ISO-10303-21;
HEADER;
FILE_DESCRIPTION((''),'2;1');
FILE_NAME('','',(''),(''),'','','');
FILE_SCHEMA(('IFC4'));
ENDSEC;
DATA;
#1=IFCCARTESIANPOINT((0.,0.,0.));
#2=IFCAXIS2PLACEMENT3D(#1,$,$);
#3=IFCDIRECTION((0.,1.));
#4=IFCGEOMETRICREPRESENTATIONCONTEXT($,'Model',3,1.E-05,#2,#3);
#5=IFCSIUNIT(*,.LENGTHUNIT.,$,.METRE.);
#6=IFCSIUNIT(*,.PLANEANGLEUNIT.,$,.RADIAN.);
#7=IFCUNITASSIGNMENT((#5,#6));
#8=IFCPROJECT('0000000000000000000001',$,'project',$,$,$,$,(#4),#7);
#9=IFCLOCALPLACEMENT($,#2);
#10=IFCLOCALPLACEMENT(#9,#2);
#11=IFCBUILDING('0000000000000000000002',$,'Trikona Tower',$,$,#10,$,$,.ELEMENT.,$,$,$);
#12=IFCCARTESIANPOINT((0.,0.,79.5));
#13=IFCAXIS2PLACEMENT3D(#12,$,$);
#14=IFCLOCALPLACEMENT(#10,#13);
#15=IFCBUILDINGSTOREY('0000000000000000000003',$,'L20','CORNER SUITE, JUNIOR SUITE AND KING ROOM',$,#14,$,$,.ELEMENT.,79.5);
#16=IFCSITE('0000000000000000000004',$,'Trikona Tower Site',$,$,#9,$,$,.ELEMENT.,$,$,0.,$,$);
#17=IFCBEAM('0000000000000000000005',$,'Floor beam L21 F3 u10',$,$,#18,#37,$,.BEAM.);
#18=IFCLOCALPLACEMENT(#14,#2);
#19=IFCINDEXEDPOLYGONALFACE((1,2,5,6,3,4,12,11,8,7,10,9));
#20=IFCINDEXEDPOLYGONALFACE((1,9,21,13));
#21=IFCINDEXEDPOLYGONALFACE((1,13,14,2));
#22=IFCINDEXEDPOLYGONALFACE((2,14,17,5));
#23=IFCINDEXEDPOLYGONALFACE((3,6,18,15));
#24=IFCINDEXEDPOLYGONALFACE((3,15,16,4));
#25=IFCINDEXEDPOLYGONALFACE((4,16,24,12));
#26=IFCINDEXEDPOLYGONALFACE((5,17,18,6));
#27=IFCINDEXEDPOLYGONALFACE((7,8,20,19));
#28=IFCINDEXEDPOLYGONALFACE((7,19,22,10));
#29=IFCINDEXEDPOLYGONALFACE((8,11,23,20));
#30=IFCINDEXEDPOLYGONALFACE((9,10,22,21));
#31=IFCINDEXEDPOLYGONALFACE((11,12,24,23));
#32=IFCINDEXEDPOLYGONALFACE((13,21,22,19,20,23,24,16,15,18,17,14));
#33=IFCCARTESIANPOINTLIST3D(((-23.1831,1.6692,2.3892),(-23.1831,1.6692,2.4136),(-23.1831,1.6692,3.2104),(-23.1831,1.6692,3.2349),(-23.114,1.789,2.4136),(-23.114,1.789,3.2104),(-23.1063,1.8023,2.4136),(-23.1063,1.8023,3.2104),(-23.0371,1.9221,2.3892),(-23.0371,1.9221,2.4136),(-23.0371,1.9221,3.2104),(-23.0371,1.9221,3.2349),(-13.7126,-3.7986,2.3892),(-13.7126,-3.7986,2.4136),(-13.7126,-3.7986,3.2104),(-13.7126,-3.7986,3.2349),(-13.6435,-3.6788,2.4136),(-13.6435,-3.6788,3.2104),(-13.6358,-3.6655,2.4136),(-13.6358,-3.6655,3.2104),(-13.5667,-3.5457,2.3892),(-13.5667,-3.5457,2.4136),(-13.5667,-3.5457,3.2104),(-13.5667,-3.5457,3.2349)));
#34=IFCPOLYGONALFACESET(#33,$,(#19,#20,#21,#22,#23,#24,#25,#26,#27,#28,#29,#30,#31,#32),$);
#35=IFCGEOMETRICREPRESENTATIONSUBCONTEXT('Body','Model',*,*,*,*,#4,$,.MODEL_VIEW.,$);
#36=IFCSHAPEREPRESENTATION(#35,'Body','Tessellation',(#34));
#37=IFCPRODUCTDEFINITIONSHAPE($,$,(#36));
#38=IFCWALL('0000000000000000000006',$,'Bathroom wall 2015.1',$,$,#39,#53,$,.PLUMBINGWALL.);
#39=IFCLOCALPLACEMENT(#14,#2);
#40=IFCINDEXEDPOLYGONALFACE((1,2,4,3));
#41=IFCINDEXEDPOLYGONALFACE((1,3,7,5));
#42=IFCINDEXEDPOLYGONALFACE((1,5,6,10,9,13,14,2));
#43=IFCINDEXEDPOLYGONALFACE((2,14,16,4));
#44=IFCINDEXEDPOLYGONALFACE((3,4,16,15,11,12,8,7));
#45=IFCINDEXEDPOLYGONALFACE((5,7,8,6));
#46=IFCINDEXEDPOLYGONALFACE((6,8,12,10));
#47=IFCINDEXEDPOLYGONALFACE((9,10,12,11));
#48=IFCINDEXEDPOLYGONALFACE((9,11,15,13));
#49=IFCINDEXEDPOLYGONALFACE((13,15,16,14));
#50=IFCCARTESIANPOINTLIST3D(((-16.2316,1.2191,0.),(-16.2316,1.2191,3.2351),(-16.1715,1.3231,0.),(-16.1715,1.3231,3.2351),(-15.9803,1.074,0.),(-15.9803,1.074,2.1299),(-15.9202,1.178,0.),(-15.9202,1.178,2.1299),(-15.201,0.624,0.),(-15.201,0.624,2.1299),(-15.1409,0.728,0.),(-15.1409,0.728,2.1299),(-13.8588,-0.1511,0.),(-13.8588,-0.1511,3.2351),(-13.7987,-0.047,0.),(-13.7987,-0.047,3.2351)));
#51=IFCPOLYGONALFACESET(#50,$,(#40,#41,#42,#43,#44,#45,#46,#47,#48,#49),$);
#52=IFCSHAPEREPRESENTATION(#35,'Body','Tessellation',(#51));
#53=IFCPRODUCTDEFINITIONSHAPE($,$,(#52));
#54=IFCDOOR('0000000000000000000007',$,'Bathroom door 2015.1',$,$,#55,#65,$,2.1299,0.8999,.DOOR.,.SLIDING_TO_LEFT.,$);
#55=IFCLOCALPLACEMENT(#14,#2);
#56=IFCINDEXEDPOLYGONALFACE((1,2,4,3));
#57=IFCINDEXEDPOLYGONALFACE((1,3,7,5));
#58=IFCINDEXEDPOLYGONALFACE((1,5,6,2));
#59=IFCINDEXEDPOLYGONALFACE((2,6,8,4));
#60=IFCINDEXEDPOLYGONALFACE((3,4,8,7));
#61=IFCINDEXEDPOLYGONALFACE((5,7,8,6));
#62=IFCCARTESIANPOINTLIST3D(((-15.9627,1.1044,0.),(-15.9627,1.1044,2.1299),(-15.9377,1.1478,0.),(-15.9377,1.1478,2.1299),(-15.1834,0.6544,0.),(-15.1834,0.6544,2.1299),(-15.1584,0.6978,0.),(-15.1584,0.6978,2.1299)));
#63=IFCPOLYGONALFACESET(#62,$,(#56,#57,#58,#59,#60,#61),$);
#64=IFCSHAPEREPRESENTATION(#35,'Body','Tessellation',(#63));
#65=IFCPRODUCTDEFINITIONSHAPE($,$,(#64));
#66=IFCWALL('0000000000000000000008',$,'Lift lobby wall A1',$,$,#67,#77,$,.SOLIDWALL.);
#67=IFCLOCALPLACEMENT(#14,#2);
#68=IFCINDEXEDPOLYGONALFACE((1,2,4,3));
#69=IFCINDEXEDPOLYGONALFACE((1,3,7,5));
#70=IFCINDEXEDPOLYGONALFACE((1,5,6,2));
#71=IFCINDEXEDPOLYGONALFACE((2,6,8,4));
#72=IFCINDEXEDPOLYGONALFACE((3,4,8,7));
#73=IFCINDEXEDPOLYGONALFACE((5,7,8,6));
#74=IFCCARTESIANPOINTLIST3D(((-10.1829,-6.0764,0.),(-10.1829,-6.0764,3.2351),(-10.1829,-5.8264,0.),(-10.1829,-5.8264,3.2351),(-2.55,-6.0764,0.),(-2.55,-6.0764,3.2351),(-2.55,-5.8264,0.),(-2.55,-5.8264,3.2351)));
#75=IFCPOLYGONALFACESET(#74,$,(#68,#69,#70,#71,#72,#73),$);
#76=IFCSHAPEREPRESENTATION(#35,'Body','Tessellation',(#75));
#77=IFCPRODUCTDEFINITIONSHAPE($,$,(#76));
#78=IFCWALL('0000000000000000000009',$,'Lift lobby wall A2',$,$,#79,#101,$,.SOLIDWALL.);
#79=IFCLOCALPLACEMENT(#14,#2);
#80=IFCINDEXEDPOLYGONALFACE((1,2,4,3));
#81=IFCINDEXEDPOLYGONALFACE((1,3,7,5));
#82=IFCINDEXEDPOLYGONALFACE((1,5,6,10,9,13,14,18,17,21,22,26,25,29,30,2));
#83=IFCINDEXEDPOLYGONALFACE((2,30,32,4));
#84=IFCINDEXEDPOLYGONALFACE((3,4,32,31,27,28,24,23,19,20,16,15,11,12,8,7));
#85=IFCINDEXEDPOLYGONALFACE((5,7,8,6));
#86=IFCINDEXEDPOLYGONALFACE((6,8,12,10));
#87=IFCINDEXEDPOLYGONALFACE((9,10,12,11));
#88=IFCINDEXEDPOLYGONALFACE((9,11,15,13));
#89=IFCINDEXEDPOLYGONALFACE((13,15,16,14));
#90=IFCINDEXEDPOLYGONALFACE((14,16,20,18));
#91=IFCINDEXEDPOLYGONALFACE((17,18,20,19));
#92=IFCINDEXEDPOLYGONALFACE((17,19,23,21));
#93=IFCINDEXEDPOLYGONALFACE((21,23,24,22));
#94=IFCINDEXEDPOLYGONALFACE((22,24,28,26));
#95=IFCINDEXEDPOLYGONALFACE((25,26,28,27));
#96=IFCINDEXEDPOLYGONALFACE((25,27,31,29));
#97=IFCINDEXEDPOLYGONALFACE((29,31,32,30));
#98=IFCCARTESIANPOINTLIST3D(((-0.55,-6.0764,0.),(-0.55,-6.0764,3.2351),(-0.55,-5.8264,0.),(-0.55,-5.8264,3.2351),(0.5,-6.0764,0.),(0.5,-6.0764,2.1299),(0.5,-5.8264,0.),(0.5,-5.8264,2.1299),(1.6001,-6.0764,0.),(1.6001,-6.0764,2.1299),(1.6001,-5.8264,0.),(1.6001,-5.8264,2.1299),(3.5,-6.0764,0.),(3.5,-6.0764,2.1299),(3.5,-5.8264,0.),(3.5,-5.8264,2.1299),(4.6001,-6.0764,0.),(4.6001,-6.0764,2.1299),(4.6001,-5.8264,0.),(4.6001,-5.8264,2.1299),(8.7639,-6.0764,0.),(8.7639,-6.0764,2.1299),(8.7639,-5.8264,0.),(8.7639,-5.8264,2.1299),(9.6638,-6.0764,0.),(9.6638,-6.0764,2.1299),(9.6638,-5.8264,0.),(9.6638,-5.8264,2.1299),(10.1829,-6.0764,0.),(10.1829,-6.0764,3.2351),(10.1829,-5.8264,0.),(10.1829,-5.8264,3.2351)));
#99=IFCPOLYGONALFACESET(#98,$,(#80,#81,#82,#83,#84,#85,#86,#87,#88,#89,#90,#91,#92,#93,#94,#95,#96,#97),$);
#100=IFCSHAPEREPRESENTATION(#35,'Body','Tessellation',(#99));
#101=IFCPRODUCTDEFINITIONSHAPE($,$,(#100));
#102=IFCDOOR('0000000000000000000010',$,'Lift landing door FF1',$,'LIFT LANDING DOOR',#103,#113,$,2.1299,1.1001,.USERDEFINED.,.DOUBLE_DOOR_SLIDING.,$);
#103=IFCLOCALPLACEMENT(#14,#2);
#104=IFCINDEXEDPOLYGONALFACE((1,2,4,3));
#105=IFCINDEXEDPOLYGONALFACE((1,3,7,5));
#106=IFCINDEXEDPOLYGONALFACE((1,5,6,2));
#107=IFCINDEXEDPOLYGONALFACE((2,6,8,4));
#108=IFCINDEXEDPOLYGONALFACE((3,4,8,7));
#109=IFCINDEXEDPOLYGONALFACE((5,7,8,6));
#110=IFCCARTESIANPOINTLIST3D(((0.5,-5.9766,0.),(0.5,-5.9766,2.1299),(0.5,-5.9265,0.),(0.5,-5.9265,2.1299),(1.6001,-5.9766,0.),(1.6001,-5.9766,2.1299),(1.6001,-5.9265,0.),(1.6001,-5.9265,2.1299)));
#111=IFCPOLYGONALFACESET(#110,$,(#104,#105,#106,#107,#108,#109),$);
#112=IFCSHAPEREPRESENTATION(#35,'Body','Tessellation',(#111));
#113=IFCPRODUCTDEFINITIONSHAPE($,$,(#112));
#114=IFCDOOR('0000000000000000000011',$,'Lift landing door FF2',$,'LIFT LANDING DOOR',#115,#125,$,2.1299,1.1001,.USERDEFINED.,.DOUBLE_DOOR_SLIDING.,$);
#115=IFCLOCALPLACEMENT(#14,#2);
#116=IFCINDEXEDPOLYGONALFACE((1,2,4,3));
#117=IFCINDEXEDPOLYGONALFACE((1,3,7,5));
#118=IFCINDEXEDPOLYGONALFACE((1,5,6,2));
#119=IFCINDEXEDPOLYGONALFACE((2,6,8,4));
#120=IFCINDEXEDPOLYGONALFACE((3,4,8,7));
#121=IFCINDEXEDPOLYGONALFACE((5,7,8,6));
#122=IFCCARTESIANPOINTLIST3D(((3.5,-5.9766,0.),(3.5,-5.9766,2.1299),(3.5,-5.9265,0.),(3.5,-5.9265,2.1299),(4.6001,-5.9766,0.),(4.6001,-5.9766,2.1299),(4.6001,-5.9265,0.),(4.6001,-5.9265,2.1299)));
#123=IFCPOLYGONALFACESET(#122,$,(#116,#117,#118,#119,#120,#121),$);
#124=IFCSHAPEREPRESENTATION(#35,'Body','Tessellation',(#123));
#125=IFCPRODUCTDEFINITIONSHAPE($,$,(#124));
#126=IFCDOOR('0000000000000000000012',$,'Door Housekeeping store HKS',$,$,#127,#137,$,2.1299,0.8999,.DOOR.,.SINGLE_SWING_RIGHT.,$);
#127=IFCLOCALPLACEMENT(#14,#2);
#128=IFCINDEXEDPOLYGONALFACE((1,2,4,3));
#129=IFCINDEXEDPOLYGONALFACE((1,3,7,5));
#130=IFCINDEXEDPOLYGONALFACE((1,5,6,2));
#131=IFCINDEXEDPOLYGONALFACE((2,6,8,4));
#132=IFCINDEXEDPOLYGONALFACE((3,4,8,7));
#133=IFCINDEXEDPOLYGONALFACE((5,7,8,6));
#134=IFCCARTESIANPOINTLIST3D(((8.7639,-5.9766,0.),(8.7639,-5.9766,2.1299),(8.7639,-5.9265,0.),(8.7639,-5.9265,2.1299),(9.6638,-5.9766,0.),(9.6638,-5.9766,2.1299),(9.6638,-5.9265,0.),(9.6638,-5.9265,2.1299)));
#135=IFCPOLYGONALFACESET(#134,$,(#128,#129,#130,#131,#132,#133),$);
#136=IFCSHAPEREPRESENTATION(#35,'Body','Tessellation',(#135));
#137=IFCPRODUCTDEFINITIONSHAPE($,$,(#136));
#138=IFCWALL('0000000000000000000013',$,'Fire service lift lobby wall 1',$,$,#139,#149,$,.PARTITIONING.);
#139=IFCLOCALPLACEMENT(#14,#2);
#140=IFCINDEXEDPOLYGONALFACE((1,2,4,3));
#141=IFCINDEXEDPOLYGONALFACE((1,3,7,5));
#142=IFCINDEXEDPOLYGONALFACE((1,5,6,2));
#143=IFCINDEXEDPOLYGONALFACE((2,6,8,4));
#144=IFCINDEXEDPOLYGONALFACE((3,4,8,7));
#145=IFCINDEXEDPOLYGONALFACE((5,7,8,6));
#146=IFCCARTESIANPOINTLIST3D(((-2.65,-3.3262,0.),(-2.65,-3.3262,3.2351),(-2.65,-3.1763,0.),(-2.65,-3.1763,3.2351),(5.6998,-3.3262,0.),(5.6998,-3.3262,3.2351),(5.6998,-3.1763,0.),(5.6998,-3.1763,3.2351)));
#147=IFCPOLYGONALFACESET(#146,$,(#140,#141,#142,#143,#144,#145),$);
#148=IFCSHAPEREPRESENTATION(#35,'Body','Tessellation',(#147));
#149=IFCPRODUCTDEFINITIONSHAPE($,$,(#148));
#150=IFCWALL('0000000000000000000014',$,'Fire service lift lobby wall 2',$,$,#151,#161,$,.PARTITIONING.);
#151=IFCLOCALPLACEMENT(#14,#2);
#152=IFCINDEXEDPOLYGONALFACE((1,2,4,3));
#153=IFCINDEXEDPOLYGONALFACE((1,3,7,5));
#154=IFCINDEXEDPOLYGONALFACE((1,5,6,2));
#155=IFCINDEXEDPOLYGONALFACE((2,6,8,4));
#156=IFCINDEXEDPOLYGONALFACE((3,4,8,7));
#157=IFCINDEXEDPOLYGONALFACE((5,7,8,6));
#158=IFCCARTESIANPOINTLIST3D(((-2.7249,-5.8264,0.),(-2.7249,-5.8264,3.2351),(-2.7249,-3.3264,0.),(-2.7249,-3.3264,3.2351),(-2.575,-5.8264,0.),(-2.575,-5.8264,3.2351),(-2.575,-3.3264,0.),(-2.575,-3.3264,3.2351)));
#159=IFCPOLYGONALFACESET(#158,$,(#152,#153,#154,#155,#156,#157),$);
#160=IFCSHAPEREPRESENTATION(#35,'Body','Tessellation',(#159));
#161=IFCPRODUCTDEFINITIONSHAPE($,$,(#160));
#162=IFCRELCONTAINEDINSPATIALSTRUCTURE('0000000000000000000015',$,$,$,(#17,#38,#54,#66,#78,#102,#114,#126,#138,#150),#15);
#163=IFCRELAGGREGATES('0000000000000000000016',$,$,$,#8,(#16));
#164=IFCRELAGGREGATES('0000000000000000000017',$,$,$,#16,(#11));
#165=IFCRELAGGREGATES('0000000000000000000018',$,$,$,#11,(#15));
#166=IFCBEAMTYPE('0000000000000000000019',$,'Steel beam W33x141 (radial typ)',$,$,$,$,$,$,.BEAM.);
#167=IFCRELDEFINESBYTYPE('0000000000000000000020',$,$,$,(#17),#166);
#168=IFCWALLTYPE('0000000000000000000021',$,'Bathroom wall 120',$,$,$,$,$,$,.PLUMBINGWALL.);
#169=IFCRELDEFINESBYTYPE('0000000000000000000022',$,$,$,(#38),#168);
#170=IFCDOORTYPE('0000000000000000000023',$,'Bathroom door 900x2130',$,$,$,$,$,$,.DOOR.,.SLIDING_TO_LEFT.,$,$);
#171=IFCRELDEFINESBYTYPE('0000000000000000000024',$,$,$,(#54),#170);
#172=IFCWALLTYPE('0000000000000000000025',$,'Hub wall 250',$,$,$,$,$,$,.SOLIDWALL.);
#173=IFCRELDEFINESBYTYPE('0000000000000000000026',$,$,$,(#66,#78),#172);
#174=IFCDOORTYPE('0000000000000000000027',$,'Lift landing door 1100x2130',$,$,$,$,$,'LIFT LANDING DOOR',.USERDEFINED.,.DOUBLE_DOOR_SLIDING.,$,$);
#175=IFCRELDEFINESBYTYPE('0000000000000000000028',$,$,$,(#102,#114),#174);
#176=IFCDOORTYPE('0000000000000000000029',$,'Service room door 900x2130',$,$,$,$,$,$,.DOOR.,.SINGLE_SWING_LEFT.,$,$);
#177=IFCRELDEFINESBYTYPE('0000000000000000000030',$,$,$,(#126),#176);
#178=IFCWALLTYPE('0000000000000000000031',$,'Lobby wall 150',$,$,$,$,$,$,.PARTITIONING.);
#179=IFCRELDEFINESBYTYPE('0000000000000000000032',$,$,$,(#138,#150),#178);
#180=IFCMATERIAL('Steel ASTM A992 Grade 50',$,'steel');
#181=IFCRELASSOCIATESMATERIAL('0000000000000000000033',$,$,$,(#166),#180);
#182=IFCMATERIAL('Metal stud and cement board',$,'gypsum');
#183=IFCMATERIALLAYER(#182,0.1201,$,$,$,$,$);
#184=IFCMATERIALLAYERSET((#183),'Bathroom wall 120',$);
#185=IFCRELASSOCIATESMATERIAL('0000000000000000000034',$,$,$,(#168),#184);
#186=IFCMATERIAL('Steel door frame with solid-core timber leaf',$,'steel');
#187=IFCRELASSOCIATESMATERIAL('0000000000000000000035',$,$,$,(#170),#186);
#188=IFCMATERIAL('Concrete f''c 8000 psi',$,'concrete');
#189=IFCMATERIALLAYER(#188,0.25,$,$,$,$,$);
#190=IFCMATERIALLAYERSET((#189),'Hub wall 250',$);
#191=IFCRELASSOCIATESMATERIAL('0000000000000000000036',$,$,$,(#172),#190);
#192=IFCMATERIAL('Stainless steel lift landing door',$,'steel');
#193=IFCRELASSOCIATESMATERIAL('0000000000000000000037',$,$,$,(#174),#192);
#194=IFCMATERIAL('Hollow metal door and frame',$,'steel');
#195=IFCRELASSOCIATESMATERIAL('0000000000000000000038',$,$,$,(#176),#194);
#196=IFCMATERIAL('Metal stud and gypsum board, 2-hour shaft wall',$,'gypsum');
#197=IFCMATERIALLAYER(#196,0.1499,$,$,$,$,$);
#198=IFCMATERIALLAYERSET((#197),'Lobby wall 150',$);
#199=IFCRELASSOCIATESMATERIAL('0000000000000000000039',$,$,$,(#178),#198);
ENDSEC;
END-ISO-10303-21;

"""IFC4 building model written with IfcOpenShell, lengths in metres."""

from ifc_helpers import new_model, si_unit, direction, frame, frame_2d, origin, origin_2d, place, context, subcontext, project, spatial, rectangle, i_section, extrude, material, layer, layer_set, material_profile, profile_set, type_object, element, fill, save


model = new_model("IFC4")

# Units and contexts
model_context = context("Model", 3, precision=1e-05, world=origin(), true_north=direction((0.0, 1.0)))
body_context = subcontext(model_context, "Body", "Model", "MODEL_VIEW")
ifc_project = project(units=[si_unit("LENGTHUNIT", "METRE"), si_unit("PLANEANGLEUNIT", "RADIAN")], contexts=[model_context])

# Site, building, storey
site_placement = place(None, origin())
site = spatial("IfcSite", under=ifc_project, at=site_placement, Name="Trikona Tower Site", CompositionType="ELEMENT", RefElevation=0.0)
building_placement = place(site_placement, origin())
building = spatial("IfcBuilding", under=site, at=building_placement, Name="Trikona Tower", CompositionType="ELEMENT")
storey_placement = place(building_placement, frame((0.0, 0.0, 79.5)))
storey = spatial("IfcBuildingStorey", under=building, at=storey_placement, Name="L20", Description="CORNER SUITE, JUNIOR SUITE AND KING ROOM", CompositionType="ELEMENT", Elevation=79.5)

# Beam
ifc_material_1 = material(Name="Steel ASTM A992 Grade 50", Category="steel")
ifc_material_profile = material_profile(ifc_material_1, i_section(OverallWidth=0.292, OverallDepth=0.8457, WebThickness=0.0154, FlangeThickness=0.0244, at=origin_2d()), Name="W33X141")
ifc_profile_set = profile_set([ifc_material_profile], Name="Steel ASTM A992 Grade 50")
beam_type = type_object("IfcBeamType", Name="Steel beam W33x141 (radial typ)", PredefinedType="BEAM", material=ifc_profile_set)
beam_placement = place(storey_placement, frame((-13.6396, -3.6721, 2.812), z_axis=(-0.866025, 0.5, 0.0), x_axis=(-0.5, -0.866025, 0.0)))
element("IfcBeam", 1, at=beam_placement, inside=storey, type_object=beam_type, Name="Floor beam L21 F3 u10", PredefinedType="BEAM", context=body_context, shape_type="SweptSolid", body=[
    extrude(i_section(OverallWidth=0.292, OverallDepth=0.8457, WebThickness=0.0154, FlangeThickness=0.0244, at=origin_2d()), origin(), (0.0, 0.0, 1.0), 10.9355),
])

# Wall, opening, door
ifc_material_2 = material(Name="Metal stud and cement board", Category="gypsum")
ifc_layer_1 = layer(ifc_material_2, 0.1201)
ifc_layer_set_1 = layer_set([ifc_layer_1], Name="Bathroom wall 120")
wall_type_1 = type_object("IfcWallType", Name="Bathroom wall 120", PredefinedType="PLUMBINGWALL", material=ifc_layer_set_1)
wall_1_placement = place(storey_placement, frame((-13.8286, -0.0991, 0.0), z_axis=(0.0, 0.0, 1.0), x_axis=(-0.865997, 0.500049, 0.0)))
wall_1 = element("IfcWall", 2, at=wall_1_placement, inside=storey, type_object=wall_type_1, Name="Bathroom wall 2015.1", PredefinedType="PLUMBINGWALL", context=body_context, shape_type="SweptSolid", body=[
    extrude(rectangle(XDim=2.74, YDim=0.1201, at=frame_2d((1.3701, 0.0))), origin(), (0.0, 0.0, 1.0), 3.2351),
])
opening_1_placement = place(wall_1_placement, frame((1.55, 0.0, 0.0)))
opening_1 = element("IfcOpeningElement", 3, at=opening_1_placement, cuts=wall_1, PredefinedType="OPENING", context=body_context, shape_type="SweptSolid", body=[
    extrude(rectangle(XDim=0.8999, YDim=2.1299, at=frame_2d((0.45, 1.0649))), frame((0.0, 0.0701, 0.0), z_axis=(0.0, -1.0, 0.0), x_axis=(1.0, 0.0, 0.0)), (0.0, 0.0, 1.0), 0.1401),
])
ifc_material_3 = material(Name="Steel door frame with solid-core timber leaf", Category="steel")
door_type_1 = type_object("IfcDoorType", Name="Bathroom door 900x2130", OperationType="SLIDING_TO_LEFT", PredefinedType="DOOR", material=ifc_material_3)
door_1_placement = place(opening_1_placement, origin())
door_1 = element("IfcDoor", 4, at=door_1_placement, inside=storey, type_object=door_type_1, Name="Bathroom door 2015.1", OperationType="SLIDING_TO_LEFT", OverallHeight=2.1299, OverallWidth=0.8999, PredefinedType="DOOR", context=body_context, shape_type="SweptSolid", body=[
    extrude(rectangle(XDim=0.8999, YDim=2.1299, at=frame_2d((0.45, 1.0649))), frame((0.0, 0.0249, 0.0), z_axis=(0.0, -1.0, 0.0), x_axis=(1.0, 0.0, 0.0)), (0.0, 0.0, 1.0), 0.05),
])
fill(opening_1, door_1)

# Wall
ifc_material_4 = material(Name="Concrete f'c 8000 psi", Category="concrete")
ifc_layer_2 = layer(ifc_material_4, 0.25)
ifc_layer_set_2 = layer_set([ifc_layer_2], Name="Hub wall 250")
wall_type_2 = type_object("IfcWallType", Name="Hub wall 250", PredefinedType="SOLIDWALL", material=ifc_layer_set_2)
wall_2_placement = place(storey_placement, frame((-10.1829, -5.9514, 0.0), z_axis=(0.0, 0.0, 1.0), x_axis=(1.0, 0.0, 0.0)))
element("IfcWall", 5, at=wall_2_placement, inside=storey, type_object=wall_type_2, Name="Lift lobby wall A1", PredefinedType="SOLIDWALL", context=body_context, shape_type="SweptSolid", body=[
    extrude(rectangle(XDim=7.6328, YDim=0.25, at=frame_2d((3.8164, 0.0))), origin(), (0.0, 0.0, 1.0), 3.2351),
])

# Wall, openings, doors
wall_3_placement = place(storey_placement, frame((-0.55, -5.9514, 0.0), z_axis=(0.0, 0.0, 1.0), x_axis=(1.0, 0.0, 0.0)))
wall_3 = element("IfcWall", 6, at=wall_3_placement, inside=storey, type_object=wall_type_2, Name="Lift lobby wall A2", PredefinedType="SOLIDWALL", context=body_context, shape_type="SweptSolid", body=[
    extrude(rectangle(XDim=10.7329, YDim=0.25, at=frame_2d((5.3665, 0.0))), origin(), (0.0, 0.0, 1.0), 3.2351),
])
opening_2_placement = place(wall_3_placement, frame((9.314, 0.0, 0.0)))
opening_2 = element("IfcOpeningElement", 7, at=opening_2_placement, cuts=wall_3, PredefinedType="OPENING", context=body_context, shape_type="SweptSolid", body=[
    extrude(rectangle(XDim=0.8999, YDim=2.1299, at=frame_2d((0.45, 1.0649))), frame((0.0, 0.135, 0.0), z_axis=(0.0, -1.0, 0.0), x_axis=(1.0, 0.0, 0.0)), (0.0, 0.0, 1.0), 0.27),
])
opening_3_placement = place(wall_3_placement, frame((1.05, 0.0, 0.0)))
opening_3 = element("IfcOpeningElement", 8, at=opening_3_placement, cuts=wall_3, PredefinedType="OPENING", context=body_context, shape_type="SweptSolid", body=[
    extrude(rectangle(XDim=1.1001, YDim=2.1299, at=frame_2d((0.55, 1.0649))), frame((0.0, 0.135, 0.0), z_axis=(0.0, -1.0, 0.0), x_axis=(1.0, 0.0, 0.0)), (0.0, 0.0, 1.0), 0.27),
])
opening_4_placement = place(wall_3_placement, frame((4.05, 0.0, 0.0)))
opening_4 = element("IfcOpeningElement", 9, at=opening_4_placement, cuts=wall_3, PredefinedType="OPENING", context=body_context, shape_type="SweptSolid", body=[
    extrude(rectangle(XDim=1.1001, YDim=2.1299, at=frame_2d((0.55, 1.0649))), frame((0.0, 0.135, 0.0), z_axis=(0.0, -1.0, 0.0), x_axis=(1.0, 0.0, 0.0)), (0.0, 0.0, 1.0), 0.27),
])
ifc_material_5 = material(Name="Stainless steel lift landing door", Category="steel")
door_type_2 = type_object("IfcDoorType", Name="Lift landing door 1100x2130", ElementType="LIFT LANDING DOOR", OperationType="DOUBLE_DOOR_SLIDING", PredefinedType="USERDEFINED", material=ifc_material_5)
door_2_placement = place(opening_3_placement, origin())
door_2 = element("IfcDoor", 10, at=door_2_placement, inside=storey, type_object=door_type_2, Name="Lift landing door FF1", ObjectType="LIFT LANDING DOOR", OperationType="DOUBLE_DOOR_SLIDING", OverallHeight=2.1299, OverallWidth=1.1001, PredefinedType="USERDEFINED", context=body_context, shape_type="SweptSolid", body=[
    extrude(rectangle(XDim=1.1001, YDim=2.1299, at=frame_2d((0.55, 1.0649))), frame((0.0, 0.0249, 0.0), z_axis=(0.0, -1.0, 0.0), x_axis=(1.0, 0.0, 0.0)), (0.0, 0.0, 1.0), 0.05),
])
fill(opening_3, door_2)
door_3_placement = place(opening_4_placement, origin())
door_3 = element("IfcDoor", 11, at=door_3_placement, inside=storey, type_object=door_type_2, Name="Lift landing door FF2", ObjectType="LIFT LANDING DOOR", OperationType="DOUBLE_DOOR_SLIDING", OverallHeight=2.1299, OverallWidth=1.1001, PredefinedType="USERDEFINED", context=body_context, shape_type="SweptSolid", body=[
    extrude(rectangle(XDim=1.1001, YDim=2.1299, at=frame_2d((0.55, 1.0649))), frame((0.0, 0.0249, 0.0), z_axis=(0.0, -1.0, 0.0), x_axis=(1.0, 0.0, 0.0)), (0.0, 0.0, 1.0), 0.05),
])
fill(opening_4, door_3)
ifc_material_6 = material(Name="Hollow metal door and frame", Category="steel")
door_type_3 = type_object("IfcDoorType", Name="Service room door 900x2130", OperationType="SINGLE_SWING_LEFT", PredefinedType="DOOR", material=ifc_material_6)
door_4_placement = place(opening_2_placement, origin())
door_4 = element("IfcDoor", 12, at=door_4_placement, inside=storey, type_object=door_type_3, Name="Door Housekeeping store HKS", OperationType="SINGLE_SWING_RIGHT", OverallHeight=2.1299, OverallWidth=0.8999, PredefinedType="DOOR", context=body_context, shape_type="SweptSolid", body=[
    extrude(rectangle(XDim=0.8999, YDim=2.1299, at=frame_2d((0.45, 1.0649))), frame((0.0, 0.0249, 0.0), z_axis=(0.0, -1.0, 0.0), x_axis=(1.0, 0.0, 0.0)), (0.0, 0.0, 1.0), 0.05),
])
fill(opening_2, door_4)

# Walls
ifc_material_7 = material(Name="Metal stud and gypsum board, 2-hour shaft wall", Category="gypsum")
ifc_layer_3 = layer(ifc_material_7, 0.1499)
ifc_layer_set_3 = layer_set([ifc_layer_3], Name="Lobby wall 150")
wall_type_3 = type_object("IfcWallType", Name="Lobby wall 150", PredefinedType="PARTITIONING", material=ifc_layer_set_3)
wall_4_placement = place(storey_placement, frame((-2.6499, -3.2512, 0.0), z_axis=(0.0, 0.0, 1.0), x_axis=(1.0, 0.0, 0.0)))
element("IfcWall", 13, at=wall_4_placement, inside=storey, type_object=wall_type_3, Name="Fire service lift lobby wall 1", PredefinedType="PARTITIONING", context=body_context, shape_type="SweptSolid", body=[
    extrude(rectangle(XDim=8.3499, YDim=0.1499, at=frame_2d((4.1748, 0.0))), origin(), (0.0, 0.0, 1.0), 3.2351),
])
wall_5_placement = place(storey_placement, frame((-2.6499, -5.8264, 0.0), z_axis=(0.0, 0.0, 1.0), x_axis=(0.0, 1.0, 0.0)))
element("IfcWall", 14, at=wall_5_placement, inside=storey, type_object=wall_type_3, Name="Fire service lift lobby wall 2", PredefinedType="PARTITIONING", context=body_context, shape_type="SweptSolid", body=[
    extrude(rectangle(XDim=2.5, YDim=0.1499, at=frame_2d((1.25, 0.0))), origin(), (0.0, 0.0, 1.0), 3.2351),
])

save(model, "model.ifc")
